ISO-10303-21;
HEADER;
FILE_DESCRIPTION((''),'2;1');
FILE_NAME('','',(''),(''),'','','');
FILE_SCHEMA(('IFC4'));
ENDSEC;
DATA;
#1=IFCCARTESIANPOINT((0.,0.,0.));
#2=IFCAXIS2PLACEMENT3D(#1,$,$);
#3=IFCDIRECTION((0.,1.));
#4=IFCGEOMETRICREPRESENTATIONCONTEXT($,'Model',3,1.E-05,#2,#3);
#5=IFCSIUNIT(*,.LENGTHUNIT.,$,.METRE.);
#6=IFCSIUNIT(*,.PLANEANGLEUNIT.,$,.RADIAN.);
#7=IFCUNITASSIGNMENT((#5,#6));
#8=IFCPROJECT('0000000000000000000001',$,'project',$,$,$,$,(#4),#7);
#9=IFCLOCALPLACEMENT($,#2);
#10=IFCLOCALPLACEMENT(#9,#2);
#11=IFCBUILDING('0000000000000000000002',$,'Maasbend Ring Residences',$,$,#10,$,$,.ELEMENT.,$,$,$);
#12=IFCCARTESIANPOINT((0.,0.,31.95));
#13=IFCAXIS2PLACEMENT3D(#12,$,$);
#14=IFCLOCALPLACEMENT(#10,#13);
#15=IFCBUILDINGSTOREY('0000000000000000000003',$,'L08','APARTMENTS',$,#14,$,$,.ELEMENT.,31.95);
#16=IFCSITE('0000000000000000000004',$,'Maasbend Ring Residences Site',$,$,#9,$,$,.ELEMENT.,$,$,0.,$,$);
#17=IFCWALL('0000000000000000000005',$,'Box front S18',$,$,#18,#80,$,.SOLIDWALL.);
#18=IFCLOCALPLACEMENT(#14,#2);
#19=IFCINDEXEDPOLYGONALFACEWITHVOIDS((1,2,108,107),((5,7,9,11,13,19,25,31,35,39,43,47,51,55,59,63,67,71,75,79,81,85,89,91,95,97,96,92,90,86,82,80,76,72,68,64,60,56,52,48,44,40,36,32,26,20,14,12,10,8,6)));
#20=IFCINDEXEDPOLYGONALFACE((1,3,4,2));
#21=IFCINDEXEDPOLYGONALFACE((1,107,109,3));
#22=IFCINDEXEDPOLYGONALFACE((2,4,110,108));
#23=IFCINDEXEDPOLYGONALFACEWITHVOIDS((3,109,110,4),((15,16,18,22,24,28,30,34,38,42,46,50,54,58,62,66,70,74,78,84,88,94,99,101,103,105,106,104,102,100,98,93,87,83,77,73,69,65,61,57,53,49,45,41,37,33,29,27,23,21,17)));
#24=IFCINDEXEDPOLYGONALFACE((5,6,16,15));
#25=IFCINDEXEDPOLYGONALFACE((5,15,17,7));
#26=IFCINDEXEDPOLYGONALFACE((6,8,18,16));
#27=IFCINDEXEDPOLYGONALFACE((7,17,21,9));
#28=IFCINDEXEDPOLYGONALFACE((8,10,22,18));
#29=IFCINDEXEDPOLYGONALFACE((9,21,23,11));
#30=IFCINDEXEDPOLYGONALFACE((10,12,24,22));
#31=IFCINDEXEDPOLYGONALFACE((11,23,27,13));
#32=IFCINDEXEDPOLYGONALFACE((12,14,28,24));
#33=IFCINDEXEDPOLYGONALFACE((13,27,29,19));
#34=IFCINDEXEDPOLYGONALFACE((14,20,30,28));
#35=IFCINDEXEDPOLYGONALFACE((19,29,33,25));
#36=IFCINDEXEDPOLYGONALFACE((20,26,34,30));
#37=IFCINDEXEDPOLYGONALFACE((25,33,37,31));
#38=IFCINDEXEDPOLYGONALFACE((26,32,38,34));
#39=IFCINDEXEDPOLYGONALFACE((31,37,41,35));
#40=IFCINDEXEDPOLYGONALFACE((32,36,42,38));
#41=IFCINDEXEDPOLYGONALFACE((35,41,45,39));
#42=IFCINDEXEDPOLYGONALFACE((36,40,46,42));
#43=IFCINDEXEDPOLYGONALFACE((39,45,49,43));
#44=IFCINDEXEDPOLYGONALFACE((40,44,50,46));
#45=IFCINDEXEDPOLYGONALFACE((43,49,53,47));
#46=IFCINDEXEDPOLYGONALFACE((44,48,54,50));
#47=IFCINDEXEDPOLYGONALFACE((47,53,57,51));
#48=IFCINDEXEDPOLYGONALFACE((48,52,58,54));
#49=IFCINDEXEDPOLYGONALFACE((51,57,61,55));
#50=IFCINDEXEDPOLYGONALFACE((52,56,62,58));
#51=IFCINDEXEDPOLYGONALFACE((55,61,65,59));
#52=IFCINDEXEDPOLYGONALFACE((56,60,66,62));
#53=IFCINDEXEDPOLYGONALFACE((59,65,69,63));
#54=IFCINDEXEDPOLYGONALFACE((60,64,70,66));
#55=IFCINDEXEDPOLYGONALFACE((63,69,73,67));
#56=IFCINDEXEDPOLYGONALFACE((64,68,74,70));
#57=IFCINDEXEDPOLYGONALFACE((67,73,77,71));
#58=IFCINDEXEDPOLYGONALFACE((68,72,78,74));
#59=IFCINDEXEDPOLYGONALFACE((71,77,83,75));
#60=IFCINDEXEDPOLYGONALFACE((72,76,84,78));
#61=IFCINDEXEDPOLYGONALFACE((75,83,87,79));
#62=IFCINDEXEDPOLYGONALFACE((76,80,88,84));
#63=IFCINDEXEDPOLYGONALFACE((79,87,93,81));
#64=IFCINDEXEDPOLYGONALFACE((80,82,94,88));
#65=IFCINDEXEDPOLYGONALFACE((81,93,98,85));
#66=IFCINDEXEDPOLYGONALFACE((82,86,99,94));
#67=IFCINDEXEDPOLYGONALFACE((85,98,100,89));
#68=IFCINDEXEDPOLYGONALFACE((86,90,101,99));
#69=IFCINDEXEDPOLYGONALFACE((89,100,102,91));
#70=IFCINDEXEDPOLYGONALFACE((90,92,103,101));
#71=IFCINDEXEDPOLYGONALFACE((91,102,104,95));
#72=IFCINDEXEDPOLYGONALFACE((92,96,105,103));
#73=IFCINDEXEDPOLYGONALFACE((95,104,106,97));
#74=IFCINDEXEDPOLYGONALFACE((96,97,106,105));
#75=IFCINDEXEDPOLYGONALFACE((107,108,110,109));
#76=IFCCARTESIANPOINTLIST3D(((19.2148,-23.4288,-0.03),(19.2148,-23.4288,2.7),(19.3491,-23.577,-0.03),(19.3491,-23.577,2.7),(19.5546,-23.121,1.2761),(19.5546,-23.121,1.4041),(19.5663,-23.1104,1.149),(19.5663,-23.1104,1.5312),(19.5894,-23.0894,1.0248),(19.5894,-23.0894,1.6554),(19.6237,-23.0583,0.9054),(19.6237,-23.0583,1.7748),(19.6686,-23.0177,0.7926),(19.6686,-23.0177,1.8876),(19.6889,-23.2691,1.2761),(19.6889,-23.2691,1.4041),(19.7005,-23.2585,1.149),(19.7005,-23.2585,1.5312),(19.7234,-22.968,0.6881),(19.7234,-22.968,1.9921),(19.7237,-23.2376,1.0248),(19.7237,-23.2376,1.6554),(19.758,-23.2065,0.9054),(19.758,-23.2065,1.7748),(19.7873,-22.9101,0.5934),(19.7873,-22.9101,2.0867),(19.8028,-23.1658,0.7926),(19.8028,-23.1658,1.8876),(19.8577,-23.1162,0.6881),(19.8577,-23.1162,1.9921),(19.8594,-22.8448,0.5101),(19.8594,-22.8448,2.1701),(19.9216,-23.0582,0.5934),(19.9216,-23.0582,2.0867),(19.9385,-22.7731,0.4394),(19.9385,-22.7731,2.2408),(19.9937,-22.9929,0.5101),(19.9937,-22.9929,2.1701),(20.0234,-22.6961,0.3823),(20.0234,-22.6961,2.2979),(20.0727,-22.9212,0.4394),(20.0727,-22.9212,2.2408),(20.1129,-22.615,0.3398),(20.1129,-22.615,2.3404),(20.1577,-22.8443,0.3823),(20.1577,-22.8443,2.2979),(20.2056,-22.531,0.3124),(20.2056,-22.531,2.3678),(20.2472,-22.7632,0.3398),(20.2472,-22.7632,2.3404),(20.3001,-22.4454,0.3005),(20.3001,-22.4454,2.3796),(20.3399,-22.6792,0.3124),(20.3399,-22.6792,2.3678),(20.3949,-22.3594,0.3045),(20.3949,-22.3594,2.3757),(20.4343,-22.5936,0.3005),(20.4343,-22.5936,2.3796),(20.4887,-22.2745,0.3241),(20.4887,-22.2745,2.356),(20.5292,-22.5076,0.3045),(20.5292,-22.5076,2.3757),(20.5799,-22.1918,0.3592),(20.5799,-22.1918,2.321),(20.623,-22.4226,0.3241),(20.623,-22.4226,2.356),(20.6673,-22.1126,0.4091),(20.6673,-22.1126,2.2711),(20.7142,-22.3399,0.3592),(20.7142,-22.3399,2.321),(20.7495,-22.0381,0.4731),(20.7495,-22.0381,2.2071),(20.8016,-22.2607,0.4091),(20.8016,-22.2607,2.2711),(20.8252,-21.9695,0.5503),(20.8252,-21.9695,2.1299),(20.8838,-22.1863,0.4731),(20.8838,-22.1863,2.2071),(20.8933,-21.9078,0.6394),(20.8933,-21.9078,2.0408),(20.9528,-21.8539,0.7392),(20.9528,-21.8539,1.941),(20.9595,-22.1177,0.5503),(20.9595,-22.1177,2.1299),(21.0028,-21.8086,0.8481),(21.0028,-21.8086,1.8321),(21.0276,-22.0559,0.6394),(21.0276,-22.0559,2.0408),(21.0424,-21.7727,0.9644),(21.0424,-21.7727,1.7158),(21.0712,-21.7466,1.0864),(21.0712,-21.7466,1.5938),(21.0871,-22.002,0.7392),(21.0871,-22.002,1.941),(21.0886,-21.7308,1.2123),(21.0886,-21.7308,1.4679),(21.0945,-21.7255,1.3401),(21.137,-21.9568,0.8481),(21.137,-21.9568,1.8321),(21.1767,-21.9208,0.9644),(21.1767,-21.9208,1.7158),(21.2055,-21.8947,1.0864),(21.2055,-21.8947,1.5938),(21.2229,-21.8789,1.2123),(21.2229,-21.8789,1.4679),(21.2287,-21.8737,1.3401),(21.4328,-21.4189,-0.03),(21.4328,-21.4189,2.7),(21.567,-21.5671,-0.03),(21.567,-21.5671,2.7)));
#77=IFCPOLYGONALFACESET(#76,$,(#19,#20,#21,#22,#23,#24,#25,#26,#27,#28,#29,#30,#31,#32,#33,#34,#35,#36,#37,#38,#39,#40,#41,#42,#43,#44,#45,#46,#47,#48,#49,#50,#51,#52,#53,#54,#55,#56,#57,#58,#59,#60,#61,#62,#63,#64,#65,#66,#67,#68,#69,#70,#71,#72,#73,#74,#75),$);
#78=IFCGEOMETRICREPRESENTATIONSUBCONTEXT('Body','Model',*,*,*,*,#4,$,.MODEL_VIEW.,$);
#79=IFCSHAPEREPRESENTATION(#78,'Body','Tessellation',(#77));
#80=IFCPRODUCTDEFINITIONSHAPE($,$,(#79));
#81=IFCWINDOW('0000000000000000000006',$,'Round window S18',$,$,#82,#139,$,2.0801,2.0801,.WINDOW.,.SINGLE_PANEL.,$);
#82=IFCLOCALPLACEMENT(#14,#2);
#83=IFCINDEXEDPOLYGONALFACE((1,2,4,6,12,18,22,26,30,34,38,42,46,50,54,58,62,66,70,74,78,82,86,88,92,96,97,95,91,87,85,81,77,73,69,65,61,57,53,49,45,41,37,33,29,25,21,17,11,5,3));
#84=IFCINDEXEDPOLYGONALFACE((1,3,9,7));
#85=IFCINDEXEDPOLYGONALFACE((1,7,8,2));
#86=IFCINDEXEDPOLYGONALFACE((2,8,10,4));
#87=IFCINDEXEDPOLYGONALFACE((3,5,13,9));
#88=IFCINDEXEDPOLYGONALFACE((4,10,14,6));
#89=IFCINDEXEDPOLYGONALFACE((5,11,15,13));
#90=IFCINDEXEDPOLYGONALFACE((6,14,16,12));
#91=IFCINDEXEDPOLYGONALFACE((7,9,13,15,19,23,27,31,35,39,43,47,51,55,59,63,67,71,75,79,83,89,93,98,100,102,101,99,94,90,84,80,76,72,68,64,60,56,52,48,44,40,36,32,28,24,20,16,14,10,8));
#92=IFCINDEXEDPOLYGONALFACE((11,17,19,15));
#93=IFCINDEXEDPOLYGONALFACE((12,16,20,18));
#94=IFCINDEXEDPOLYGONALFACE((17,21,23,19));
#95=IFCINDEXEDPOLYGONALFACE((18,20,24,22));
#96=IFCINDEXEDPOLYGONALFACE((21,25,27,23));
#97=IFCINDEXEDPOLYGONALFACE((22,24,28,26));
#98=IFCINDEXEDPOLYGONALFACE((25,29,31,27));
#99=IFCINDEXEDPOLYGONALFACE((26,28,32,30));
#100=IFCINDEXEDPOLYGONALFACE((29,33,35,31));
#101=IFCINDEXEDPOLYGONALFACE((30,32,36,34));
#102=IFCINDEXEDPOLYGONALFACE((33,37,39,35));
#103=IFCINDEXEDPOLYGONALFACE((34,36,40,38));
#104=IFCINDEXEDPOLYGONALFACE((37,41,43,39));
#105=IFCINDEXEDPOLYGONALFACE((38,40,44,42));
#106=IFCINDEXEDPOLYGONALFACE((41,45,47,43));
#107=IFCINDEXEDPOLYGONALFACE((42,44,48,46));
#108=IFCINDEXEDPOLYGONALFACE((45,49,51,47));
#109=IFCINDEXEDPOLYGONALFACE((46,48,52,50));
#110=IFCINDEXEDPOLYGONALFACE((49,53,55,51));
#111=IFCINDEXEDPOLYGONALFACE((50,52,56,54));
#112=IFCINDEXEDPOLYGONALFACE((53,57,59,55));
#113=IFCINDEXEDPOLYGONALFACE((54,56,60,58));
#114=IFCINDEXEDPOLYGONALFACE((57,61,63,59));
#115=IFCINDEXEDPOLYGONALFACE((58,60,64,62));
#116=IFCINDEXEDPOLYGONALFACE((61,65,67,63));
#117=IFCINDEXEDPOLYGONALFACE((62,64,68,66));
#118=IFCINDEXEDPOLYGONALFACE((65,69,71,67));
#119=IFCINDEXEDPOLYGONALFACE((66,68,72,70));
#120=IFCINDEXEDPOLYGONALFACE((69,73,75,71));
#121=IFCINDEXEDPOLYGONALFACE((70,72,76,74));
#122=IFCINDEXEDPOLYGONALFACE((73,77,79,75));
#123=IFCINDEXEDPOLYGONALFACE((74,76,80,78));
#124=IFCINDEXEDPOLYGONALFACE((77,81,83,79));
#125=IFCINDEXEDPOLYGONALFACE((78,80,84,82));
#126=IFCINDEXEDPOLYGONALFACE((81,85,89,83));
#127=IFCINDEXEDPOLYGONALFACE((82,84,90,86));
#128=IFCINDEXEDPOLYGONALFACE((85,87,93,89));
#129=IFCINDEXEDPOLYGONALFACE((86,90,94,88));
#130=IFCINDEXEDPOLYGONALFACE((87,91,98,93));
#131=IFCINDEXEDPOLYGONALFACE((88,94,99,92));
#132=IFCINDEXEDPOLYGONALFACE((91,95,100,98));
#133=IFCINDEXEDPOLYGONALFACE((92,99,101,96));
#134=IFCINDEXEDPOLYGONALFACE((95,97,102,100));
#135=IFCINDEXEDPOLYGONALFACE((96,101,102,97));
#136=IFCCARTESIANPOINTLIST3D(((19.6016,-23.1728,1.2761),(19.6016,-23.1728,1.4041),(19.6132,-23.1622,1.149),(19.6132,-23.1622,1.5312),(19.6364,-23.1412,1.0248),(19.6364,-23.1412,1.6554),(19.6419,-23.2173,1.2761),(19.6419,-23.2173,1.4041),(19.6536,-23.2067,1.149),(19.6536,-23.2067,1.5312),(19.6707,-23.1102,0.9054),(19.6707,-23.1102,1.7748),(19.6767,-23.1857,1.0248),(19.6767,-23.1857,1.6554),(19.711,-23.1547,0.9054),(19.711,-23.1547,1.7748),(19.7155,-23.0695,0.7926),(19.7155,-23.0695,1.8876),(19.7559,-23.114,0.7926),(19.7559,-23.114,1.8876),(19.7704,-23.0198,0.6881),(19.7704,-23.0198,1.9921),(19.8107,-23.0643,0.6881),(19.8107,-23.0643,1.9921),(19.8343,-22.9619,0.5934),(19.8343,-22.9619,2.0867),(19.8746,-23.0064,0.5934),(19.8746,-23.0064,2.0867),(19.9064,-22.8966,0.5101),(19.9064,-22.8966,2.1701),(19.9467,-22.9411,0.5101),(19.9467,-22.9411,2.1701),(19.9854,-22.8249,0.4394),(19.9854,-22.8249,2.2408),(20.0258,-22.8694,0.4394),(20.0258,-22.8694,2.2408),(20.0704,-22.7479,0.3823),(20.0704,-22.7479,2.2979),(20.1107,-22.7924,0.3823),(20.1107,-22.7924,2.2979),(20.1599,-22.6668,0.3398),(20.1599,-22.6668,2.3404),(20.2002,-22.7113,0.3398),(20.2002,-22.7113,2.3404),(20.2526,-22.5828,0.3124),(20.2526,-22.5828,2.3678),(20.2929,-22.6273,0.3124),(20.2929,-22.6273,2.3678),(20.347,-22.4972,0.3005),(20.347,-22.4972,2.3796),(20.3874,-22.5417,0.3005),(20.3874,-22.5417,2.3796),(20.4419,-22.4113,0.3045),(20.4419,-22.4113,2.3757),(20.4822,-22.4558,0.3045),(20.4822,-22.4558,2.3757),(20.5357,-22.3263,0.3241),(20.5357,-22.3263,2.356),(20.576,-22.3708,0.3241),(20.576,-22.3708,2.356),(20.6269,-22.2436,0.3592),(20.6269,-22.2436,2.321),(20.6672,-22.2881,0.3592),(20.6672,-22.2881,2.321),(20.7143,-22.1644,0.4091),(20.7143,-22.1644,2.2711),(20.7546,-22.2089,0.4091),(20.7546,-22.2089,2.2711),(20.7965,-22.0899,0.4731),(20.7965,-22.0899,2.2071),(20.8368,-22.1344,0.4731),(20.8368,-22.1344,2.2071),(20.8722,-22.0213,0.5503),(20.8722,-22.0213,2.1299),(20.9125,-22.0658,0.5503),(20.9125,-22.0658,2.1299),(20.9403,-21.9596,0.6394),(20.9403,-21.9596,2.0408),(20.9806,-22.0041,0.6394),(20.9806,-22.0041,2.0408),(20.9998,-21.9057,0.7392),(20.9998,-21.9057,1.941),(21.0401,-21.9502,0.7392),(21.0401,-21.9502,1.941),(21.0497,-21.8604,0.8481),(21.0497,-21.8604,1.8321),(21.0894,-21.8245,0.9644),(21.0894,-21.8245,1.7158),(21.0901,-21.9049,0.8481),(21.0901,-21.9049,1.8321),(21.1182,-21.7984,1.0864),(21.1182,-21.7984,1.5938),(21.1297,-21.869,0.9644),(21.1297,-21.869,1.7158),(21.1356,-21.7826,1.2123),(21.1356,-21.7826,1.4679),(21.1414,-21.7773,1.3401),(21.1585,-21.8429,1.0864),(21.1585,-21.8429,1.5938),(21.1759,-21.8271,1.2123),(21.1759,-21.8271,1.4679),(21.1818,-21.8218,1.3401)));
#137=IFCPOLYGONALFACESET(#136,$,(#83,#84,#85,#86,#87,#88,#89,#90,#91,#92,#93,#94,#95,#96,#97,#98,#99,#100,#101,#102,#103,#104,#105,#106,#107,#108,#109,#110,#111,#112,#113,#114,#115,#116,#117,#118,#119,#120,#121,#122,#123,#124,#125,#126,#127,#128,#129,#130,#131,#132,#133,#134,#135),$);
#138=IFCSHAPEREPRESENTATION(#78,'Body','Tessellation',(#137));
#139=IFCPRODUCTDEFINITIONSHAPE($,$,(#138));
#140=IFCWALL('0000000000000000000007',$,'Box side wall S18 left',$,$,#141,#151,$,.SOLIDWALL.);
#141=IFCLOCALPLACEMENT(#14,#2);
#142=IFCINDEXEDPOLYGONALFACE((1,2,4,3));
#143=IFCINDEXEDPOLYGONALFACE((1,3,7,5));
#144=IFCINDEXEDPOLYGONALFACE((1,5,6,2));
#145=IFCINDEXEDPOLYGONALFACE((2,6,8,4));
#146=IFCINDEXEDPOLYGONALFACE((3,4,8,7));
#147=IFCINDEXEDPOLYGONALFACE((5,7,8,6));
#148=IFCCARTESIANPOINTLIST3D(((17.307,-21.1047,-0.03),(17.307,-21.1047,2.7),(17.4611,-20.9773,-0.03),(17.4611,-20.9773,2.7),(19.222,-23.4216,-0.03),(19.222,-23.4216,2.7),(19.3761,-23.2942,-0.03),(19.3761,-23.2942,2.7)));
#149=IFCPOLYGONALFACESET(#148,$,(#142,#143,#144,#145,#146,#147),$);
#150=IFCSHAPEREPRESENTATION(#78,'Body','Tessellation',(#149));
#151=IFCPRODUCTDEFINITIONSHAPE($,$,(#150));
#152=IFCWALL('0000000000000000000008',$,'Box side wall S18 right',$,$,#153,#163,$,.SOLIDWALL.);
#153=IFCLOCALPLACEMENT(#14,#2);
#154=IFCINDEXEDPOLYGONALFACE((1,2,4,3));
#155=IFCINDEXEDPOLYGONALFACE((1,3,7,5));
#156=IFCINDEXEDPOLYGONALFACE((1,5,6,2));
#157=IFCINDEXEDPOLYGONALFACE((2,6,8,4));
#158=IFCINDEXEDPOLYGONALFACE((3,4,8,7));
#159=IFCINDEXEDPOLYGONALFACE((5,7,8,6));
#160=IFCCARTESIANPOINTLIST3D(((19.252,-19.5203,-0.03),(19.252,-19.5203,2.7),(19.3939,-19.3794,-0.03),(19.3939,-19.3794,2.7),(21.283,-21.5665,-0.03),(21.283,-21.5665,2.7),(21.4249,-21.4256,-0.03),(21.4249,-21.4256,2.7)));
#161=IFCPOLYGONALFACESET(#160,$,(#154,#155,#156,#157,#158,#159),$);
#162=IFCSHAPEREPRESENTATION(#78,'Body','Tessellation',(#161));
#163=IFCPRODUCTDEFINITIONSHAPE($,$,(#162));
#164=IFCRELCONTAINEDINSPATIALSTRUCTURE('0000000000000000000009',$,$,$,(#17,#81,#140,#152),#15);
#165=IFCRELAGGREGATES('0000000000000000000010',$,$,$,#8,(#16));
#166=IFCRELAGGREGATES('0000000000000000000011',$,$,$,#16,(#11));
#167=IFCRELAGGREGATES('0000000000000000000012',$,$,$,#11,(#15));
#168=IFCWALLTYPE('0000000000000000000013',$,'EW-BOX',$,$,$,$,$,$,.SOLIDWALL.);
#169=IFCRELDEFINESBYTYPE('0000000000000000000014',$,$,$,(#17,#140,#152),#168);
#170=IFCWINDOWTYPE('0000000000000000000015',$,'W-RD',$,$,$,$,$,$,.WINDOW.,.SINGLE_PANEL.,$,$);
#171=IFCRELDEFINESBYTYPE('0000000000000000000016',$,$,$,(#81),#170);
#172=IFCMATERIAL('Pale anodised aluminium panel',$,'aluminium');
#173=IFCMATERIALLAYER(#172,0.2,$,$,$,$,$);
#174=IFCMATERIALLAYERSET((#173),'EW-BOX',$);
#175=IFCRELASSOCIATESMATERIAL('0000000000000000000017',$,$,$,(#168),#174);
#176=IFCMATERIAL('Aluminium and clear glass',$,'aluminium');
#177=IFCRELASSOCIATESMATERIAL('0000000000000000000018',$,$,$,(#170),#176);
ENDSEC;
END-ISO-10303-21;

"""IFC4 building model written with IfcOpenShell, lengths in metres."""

from ifc_helpers import new_model, si_unit, direction, frame, frame_2d, origin, place, context, subcontext, project, spatial, rectangle, circle, extrude, material, layer, layer_set, type_object, element, fill, save


model = new_model("IFC4")

# Units and contexts
model_context = context("Model", 3, precision=1e-05, world=origin(), true_north=direction((0.0, 1.0)))
body_context = subcontext(model_context, "Body", "Model", "MODEL_VIEW")
ifc_project = project(units=[si_unit("LENGTHUNIT", "METRE"), si_unit("PLANEANGLEUNIT", "RADIAN")], contexts=[model_context])

# Site, building, storey
site_placement = place(None, origin())
site = spatial("IfcSite", under=ifc_project, at=site_placement, Name="Maasbend Ring Residences Site", CompositionType="ELEMENT", RefElevation=0.0)
building_placement = place(site_placement, origin())
building = spatial("IfcBuilding", under=site, at=building_placement, Name="Maasbend Ring Residences", CompositionType="ELEMENT")
storey_placement = place(building_placement, frame((0.0, 0.0, 31.95)))
storey = spatial("IfcBuildingStorey", under=building, at=storey_placement, Name="L08", Description="APARTMENTS", CompositionType="ELEMENT", Elevation=31.95)

# Shared definitions
ifc_material_1 = material(Name="Pale anodised aluminium panel", Category="aluminium")
ifc_layer_1 = layer(ifc_material_1, 0.2)
ifc_layer_set_1 = layer_set([ifc_layer_1], Name="EW-BOX")
wall_type_1 = type_object("IfcWallType", Name="EW-BOX", PredefinedType="SOLIDWALL", material=ifc_layer_set_1)
ifc_material_2 = material(Name="Aluminium and clear glass", Category="aluminium")
window_type_1 = type_object("IfcWindowType", Name="W-RD", PartitioningType="SINGLE_PANEL", PredefinedType="WINDOW", material=ifc_material_2)

# Wall, opening, window
wall_1_placement = place(storey_placement, frame((19.282, -23.5029, -0.03), z_axis=(0.0, 0.0, 1.0), x_axis=(0.740998, 0.671507, 0.0)))
wall_1 = element("IfcWall", 1, at=wall_1_placement, inside=storey, type_object=wall_type_1, Name="Box front S18", PredefinedType="SOLIDWALL", context=body_context, shape_type="SweptSolid", body=[
    extrude(rectangle(XDim=2.9932, YDim=0.2, at=frame_2d((1.4966, 0.0))), origin(), (0.0, 0.0, 1.0), 2.73),
])
opening_1_placement = place(wall_1_placement, frame((0.4565, 0.0, 0.3301)))
opening_1 = element("IfcOpeningElement", 2, at=opening_1_placement, cuts=wall_1, PredefinedType="OPENING", context=body_context, shape_type="SweptSolid", body=[
    extrude(circle(Radius=1.04, at=frame_2d((1.04, 1.04))), frame((0.0, 0.1099, 0.0), z_axis=(0.0, -1.0, 0.0), x_axis=(1.0, 0.0, 0.0)), (0.0, 0.0, 1.0), 0.22),
])
window_1_placement = place(opening_1_placement, origin())
window_1 = element("IfcWindow", 3, at=window_1_placement, inside=storey, type_object=window_type_1, Name="Round window S18", OverallHeight=2.0801, OverallWidth=2.0801, PartitioningType="SINGLE_PANEL", PredefinedType="WINDOW", context=body_context, shape_type="SweptSolid", body=[
    extrude(circle(Radius=1.04, at=frame_2d((1.04, 1.04))), frame((0.0, 0.03, 0.0), z_axis=(0.0, -1.0, 0.0), x_axis=(1.0, 0.0, 0.0)), (0.0, 0.0, 1.0), 0.0601),
])
fill(opening_1, window_1)

# Walls
wall_2_placement = place(storey_placement, frame((17.384, -21.041, -0.03), z_axis=(0.0, 0.0, 1.0), x_axis=(0.637096, -0.770785, 0.0)))
element("IfcWall", 4, at=wall_2_placement, inside=storey, type_object=wall_type_1, Name="Box side wall S18 left", PredefinedType="SOLIDWALL", context=body_context, shape_type="SweptSolid", body=[
    extrude(rectangle(XDim=3.0059, YDim=0.2, at=frame_2d((1.5029, 0.0))), origin(), (0.0, 0.0, 1.0), 2.73),
])
wall_3_placement = place(storey_placement, frame((19.323, -19.45, -0.03), z_axis=(0.0, 0.0, 1.0), x_axis=(0.704477, -0.709727, 0.0)))
element("IfcWall", 5, at=wall_3_placement, inside=storey, type_object=wall_type_1, Name="Box side wall S18 right", PredefinedType="SOLIDWALL", context=body_context, shape_type="SweptSolid", body=[
    extrude(rectangle(XDim=2.8831, YDim=0.2, at=frame_2d((1.4414, 0.0))), origin(), (0.0, 0.0, 1.0), 2.73),
])

save(model, "model.ifc")
